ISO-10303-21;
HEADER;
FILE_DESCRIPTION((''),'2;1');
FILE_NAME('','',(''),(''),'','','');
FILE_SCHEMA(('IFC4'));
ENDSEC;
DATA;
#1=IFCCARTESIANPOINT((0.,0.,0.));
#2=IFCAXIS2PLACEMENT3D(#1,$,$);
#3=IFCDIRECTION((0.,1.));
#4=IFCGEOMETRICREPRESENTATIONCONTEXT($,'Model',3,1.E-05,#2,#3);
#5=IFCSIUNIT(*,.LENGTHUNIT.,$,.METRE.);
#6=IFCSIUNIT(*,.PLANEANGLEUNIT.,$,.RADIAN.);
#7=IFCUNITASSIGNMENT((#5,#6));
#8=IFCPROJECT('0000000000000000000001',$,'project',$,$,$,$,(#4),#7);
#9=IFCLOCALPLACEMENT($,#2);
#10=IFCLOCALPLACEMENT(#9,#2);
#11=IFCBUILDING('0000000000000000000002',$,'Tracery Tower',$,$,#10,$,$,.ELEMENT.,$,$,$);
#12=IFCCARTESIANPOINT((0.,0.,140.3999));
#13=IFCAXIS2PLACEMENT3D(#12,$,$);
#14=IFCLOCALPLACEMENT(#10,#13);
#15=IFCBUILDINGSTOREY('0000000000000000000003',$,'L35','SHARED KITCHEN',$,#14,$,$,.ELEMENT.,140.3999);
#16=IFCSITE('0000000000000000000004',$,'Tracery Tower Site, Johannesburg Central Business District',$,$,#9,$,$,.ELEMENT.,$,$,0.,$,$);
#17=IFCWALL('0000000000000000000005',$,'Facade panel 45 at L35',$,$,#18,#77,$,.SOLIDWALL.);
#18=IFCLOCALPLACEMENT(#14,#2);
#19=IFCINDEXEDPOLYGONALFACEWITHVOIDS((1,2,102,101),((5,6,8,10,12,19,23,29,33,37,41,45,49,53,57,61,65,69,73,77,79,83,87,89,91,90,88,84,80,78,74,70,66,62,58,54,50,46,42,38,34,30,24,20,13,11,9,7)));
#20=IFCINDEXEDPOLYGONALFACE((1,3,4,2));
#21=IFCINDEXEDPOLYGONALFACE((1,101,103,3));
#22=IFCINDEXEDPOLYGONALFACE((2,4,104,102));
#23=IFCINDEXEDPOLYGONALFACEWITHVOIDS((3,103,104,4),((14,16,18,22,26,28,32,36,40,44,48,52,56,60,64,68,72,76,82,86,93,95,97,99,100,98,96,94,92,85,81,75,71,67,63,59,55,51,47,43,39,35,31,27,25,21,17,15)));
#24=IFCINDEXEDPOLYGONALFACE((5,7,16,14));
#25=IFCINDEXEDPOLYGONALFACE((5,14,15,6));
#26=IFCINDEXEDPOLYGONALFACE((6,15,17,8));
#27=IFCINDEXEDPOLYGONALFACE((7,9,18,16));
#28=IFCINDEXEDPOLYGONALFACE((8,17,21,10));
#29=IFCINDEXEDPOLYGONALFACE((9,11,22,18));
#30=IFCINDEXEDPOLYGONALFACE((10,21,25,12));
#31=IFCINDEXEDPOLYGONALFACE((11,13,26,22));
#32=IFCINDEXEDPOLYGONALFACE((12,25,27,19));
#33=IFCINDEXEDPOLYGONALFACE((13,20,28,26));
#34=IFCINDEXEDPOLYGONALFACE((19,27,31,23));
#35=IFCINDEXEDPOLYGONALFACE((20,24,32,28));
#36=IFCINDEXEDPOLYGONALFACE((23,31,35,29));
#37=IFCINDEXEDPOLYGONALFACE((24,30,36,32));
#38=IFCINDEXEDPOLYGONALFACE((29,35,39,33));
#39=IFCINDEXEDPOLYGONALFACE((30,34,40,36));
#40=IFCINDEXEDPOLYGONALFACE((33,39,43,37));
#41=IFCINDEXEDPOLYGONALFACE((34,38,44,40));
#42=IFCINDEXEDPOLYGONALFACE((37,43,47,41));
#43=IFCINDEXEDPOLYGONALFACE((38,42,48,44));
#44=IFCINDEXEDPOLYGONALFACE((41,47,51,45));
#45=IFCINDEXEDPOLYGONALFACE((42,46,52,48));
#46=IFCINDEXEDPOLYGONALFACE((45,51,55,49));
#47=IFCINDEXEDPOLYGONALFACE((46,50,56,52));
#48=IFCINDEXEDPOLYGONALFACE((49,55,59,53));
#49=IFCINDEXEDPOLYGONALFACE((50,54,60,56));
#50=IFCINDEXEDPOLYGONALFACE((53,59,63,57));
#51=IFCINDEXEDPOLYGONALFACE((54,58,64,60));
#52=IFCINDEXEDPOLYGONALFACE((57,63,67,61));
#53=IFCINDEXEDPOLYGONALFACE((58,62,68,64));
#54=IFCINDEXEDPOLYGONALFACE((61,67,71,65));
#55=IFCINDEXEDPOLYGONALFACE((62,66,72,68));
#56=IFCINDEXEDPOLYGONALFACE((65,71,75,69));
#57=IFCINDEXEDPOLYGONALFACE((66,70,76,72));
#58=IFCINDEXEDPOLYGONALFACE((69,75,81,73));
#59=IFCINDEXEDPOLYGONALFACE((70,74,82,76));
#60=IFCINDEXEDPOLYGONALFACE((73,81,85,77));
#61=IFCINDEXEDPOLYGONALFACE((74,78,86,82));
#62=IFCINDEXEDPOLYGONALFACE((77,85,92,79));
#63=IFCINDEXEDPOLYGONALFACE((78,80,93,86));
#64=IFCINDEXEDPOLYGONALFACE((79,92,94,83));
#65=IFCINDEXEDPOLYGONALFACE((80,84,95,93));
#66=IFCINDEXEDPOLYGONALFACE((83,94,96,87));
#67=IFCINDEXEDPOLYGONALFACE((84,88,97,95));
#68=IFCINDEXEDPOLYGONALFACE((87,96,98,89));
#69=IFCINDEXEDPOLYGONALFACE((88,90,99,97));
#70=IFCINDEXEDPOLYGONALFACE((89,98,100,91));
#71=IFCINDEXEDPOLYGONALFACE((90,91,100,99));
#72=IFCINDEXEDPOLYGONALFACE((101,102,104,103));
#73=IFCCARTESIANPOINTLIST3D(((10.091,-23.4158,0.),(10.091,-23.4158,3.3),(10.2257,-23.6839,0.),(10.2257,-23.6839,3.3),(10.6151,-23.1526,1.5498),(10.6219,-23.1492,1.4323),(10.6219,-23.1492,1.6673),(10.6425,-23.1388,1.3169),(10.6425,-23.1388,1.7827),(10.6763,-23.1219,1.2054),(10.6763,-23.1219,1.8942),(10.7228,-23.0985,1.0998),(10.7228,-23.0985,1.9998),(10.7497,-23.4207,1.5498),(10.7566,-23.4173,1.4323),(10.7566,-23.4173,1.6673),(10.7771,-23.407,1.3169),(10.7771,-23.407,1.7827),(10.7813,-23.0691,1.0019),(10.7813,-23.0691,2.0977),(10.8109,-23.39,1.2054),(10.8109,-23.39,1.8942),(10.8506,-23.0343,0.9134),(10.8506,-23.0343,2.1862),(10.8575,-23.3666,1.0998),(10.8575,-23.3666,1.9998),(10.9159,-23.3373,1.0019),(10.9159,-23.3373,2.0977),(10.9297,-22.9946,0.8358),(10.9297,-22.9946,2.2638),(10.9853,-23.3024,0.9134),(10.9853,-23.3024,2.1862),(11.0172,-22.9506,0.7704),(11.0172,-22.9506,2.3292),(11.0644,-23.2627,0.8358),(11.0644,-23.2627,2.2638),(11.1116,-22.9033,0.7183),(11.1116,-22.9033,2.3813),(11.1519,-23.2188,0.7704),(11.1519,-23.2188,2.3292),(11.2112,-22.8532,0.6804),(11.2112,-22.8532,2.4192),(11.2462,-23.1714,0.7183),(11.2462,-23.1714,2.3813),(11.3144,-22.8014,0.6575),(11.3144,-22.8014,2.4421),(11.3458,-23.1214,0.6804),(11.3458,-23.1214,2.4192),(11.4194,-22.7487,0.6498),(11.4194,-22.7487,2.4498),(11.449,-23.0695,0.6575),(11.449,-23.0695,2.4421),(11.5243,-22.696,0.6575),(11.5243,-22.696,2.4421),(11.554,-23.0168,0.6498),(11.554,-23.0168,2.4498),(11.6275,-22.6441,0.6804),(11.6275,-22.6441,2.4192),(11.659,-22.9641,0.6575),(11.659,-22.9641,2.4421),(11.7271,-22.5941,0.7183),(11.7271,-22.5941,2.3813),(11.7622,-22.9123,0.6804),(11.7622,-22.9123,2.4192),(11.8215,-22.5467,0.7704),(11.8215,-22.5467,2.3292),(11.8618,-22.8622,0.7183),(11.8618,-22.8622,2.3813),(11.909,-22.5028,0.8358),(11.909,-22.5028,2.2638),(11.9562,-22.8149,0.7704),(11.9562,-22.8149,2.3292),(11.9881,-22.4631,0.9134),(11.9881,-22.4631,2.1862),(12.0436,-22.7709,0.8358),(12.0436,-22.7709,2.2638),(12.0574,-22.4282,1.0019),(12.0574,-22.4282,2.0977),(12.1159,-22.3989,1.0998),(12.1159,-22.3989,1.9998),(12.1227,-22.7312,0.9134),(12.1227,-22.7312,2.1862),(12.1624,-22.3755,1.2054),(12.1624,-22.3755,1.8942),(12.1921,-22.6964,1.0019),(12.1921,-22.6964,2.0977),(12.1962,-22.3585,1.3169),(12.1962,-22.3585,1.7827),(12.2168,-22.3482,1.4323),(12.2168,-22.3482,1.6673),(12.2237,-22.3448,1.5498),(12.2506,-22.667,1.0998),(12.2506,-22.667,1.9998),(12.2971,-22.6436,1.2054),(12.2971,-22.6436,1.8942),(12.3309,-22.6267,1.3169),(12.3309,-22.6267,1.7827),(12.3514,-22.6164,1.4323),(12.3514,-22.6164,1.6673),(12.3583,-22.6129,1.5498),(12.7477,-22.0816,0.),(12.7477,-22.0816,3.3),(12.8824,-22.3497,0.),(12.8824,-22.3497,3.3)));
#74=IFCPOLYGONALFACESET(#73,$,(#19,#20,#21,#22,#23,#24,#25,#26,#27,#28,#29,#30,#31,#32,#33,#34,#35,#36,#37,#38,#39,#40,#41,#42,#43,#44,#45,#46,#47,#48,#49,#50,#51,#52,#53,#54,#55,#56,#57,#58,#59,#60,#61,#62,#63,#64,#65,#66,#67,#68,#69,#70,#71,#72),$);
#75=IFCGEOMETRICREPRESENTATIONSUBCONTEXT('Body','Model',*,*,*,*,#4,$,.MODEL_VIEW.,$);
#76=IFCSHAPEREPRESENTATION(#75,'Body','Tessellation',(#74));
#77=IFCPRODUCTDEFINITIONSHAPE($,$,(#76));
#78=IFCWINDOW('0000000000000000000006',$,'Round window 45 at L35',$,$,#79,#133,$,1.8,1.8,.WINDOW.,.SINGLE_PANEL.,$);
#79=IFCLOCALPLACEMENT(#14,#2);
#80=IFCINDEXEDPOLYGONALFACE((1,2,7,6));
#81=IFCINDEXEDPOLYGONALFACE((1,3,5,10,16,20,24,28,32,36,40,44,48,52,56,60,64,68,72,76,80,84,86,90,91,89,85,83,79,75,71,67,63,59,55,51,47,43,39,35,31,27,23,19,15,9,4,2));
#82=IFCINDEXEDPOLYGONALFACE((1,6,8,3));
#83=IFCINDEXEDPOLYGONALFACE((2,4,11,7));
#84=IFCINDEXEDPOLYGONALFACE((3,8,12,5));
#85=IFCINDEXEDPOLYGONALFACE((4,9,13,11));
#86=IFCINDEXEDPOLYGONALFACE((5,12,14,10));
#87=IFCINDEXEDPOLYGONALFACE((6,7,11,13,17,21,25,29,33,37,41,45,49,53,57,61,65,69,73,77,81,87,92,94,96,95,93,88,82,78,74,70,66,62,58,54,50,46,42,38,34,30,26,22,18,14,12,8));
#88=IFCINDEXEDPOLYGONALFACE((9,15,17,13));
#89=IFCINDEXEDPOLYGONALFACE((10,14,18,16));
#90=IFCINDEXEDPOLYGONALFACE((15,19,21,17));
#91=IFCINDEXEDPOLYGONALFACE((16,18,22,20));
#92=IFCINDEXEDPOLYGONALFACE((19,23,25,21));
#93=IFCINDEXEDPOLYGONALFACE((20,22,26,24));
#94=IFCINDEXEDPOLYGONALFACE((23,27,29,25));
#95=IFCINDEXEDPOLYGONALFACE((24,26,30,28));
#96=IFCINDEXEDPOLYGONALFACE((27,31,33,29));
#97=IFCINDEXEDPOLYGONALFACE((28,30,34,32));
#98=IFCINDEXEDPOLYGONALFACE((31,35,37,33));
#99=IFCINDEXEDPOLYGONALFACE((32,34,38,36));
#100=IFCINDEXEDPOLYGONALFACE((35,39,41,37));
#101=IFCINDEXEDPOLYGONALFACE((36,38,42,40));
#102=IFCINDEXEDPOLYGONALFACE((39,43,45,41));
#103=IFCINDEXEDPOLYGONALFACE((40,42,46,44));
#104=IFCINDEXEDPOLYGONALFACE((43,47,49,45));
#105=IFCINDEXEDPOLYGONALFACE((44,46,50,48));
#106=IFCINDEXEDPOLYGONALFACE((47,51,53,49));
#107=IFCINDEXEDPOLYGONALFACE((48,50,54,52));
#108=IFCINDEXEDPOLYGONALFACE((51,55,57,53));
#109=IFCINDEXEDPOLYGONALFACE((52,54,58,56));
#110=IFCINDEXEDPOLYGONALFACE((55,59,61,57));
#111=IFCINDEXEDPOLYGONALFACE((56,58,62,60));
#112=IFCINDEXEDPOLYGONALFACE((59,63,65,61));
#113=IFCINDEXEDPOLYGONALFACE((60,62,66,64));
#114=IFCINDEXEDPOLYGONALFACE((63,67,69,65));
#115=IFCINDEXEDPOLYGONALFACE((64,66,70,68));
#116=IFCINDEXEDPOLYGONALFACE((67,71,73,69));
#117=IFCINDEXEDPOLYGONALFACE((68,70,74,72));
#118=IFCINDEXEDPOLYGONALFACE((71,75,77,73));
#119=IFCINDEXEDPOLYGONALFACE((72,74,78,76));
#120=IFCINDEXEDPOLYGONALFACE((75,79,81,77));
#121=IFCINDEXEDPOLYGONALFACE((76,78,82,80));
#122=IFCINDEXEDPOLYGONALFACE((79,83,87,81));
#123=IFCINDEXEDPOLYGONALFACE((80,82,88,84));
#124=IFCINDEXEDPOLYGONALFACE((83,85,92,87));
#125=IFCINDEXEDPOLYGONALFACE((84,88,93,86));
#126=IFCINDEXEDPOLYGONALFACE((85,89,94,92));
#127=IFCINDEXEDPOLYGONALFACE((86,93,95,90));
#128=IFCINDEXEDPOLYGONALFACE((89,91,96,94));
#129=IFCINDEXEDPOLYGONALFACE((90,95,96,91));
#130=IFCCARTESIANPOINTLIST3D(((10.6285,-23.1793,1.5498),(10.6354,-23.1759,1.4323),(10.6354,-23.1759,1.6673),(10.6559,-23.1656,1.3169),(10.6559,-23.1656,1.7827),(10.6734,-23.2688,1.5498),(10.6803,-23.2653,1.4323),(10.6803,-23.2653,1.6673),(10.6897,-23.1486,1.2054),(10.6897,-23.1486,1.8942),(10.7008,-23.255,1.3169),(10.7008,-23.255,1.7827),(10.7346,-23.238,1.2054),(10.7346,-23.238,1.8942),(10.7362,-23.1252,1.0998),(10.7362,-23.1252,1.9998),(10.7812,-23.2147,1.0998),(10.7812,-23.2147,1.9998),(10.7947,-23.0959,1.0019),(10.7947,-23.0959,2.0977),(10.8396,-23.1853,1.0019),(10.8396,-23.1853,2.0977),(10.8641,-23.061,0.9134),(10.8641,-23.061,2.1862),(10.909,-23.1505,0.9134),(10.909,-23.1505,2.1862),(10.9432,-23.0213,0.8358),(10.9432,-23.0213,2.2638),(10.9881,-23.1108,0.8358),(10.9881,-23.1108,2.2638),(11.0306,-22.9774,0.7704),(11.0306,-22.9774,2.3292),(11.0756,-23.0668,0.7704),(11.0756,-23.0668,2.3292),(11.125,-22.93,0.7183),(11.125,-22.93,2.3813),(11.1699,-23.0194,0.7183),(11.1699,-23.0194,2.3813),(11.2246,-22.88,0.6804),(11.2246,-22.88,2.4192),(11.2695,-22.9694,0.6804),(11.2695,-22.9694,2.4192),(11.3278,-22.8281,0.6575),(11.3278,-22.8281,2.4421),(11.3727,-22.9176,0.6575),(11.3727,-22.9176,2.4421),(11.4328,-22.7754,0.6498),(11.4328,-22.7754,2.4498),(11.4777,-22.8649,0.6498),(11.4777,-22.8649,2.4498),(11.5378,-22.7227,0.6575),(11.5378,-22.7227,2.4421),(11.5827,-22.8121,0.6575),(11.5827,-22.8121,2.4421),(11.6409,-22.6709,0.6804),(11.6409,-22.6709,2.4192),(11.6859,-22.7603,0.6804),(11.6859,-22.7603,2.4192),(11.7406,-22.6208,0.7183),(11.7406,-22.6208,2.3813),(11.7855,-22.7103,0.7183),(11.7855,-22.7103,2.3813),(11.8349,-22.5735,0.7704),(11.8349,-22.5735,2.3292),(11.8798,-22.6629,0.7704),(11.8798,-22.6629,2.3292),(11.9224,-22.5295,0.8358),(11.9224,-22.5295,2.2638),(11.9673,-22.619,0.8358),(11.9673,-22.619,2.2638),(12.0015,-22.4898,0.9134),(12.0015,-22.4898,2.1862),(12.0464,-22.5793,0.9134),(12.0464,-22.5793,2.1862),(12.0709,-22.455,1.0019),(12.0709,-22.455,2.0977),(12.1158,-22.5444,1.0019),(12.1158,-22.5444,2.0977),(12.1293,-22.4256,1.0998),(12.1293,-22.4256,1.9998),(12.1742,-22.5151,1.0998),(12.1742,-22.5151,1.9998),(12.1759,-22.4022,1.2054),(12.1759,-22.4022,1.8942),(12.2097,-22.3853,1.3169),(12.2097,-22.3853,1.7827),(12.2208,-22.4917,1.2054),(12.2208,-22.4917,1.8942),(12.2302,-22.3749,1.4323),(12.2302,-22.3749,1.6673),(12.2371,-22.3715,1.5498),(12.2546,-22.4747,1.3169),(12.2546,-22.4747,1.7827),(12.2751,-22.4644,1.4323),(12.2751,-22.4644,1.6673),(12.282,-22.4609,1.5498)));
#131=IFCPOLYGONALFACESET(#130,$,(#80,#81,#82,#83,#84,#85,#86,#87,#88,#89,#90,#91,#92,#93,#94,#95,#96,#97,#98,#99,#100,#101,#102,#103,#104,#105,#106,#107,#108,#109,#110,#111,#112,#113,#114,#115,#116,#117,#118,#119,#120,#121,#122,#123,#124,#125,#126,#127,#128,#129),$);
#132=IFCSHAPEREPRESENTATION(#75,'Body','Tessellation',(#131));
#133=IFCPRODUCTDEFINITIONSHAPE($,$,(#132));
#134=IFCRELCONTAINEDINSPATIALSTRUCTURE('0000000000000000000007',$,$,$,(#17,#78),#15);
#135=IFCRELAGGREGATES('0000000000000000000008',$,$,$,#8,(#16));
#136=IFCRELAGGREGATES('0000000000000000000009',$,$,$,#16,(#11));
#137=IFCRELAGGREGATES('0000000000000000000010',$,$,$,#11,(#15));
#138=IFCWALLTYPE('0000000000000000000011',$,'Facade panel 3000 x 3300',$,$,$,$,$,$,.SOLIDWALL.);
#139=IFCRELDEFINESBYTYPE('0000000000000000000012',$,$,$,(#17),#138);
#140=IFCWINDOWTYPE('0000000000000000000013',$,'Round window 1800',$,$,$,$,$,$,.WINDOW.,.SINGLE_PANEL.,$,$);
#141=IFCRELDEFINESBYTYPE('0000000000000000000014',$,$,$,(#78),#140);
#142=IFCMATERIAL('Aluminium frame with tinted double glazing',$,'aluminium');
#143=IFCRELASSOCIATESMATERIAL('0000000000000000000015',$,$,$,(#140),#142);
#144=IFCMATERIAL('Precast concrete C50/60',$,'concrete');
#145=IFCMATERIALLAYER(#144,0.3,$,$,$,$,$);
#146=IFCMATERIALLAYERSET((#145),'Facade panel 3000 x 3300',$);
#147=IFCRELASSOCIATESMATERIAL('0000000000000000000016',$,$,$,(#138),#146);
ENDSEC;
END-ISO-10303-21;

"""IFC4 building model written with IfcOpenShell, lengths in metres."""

from ifc_helpers import new_model, si_unit, direction, frame, frame_2d, origin, origin_2d, place, context, subcontext, project, spatial, rectangle, circle, extrude, material, layer, layer_set, type_object, element, fill, save


model = new_model("IFC4")

# Units and contexts
model_context = context("Model", 3, precision=1e-05, world=origin(), true_north=direction((0.0, 1.0)))
body_context = subcontext(model_context, "Body", "Model", "MODEL_VIEW")
ifc_project = project(units=[si_unit("LENGTHUNIT", "METRE"), si_unit("PLANEANGLEUNIT", "RADIAN")], contexts=[model_context])

# Site, building, storey
site_placement = place(None, origin())
site = spatial("IfcSite", under=ifc_project, at=site_placement, Name="Tracery Tower Site, Johannesburg Central Business District", CompositionType="ELEMENT", RefElevation=0.0)
building_placement = place(site_placement, origin())
building = spatial("IfcBuilding", under=site, at=building_placement, Name="Tracery Tower", CompositionType="ELEMENT")
storey_placement = place(building_placement, frame((0.0, 0.0, 140.3999)))
storey = spatial("IfcBuildingStorey", under=building, at=storey_placement, Name="L35", Description="SHARED KITCHEN", CompositionType="ELEMENT", Elevation=140.3999)

# Wall, opening, window
ifc_material_1 = material(Name="Aluminium frame with tinted double glazing", Category="aluminium")
window_type = type_object("IfcWindowType", Name="Round window 1800", PartitioningType="SINGLE_PANEL", PredefinedType="WINDOW", material=ifc_material_1)
ifc_material_2 = material(Name="Precast concrete C50/60", Category="concrete")
ifc_layer_1 = layer(ifc_material_2, 0.3)
ifc_layer_set_1 = layer_set([ifc_layer_1], Name="Facade panel 3000 x 3300")
wall_type_1 = type_object("IfcWallType", Name="Facade panel 3000 x 3300", PredefinedType="SOLIDWALL", material=ifc_layer_set_1)
wall_1_placement = place(storey_placement, frame((10.1584, -23.5498, 0.0), z_axis=(0.0, 0.0, 1.0), x_axis=(0.893637, 0.44879, 0.0)))
wall_1 = element("IfcWall", 1, at=wall_1_placement, inside=storey, type_object=wall_type_1, Name="Facade panel 45 at L35", PredefinedType="SOLIDWALL", context=body_context, shape_type="SweptSolid", body=[
    extrude(rectangle(XDim=2.9729, YDim=0.3, at=frame_2d((1.4863, 0.0))), origin(), (0.0, 0.0, 1.0), 3.3),
])
opening_1_placement = place(wall_1_placement, frame((1.4863, 0.0, 1.5498)))
opening_1 = element("IfcOpeningElement", 2, at=opening_1_placement, cuts=wall_1, PredefinedType="OPENING", context=body_context, shape_type="SweptSolid", body=[
    extrude(circle(Radius=0.9, at=origin_2d()), frame((0.0, 0.1599, 0.0), z_axis=(0.0, -1.0, 0.0), x_axis=(1.0, 0.0, 0.0)), (0.0, 0.0, 1.0), 0.3201),
])
window_1_placement = place(opening_1_placement, origin())
window_1 = element("IfcWindow", 3, at=window_1_placement, inside=storey, type_object=window_type, Name="Round window 45 at L35", OverallHeight=1.8, OverallWidth=1.8, PartitioningType="SINGLE_PANEL", PredefinedType="WINDOW", context=body_context, shape_type="SweptSolid", body=[
    extrude(circle(Radius=0.9, at=origin_2d()), frame((0.0, 0.1201, 0.0), z_axis=(0.0, -1.0, 0.0), x_axis=(1.0, 0.0, 0.0)), (0.0, 0.0, 1.0), 0.1001),
])
fill(opening_1, window_1)

save(model, "model.ifc")
